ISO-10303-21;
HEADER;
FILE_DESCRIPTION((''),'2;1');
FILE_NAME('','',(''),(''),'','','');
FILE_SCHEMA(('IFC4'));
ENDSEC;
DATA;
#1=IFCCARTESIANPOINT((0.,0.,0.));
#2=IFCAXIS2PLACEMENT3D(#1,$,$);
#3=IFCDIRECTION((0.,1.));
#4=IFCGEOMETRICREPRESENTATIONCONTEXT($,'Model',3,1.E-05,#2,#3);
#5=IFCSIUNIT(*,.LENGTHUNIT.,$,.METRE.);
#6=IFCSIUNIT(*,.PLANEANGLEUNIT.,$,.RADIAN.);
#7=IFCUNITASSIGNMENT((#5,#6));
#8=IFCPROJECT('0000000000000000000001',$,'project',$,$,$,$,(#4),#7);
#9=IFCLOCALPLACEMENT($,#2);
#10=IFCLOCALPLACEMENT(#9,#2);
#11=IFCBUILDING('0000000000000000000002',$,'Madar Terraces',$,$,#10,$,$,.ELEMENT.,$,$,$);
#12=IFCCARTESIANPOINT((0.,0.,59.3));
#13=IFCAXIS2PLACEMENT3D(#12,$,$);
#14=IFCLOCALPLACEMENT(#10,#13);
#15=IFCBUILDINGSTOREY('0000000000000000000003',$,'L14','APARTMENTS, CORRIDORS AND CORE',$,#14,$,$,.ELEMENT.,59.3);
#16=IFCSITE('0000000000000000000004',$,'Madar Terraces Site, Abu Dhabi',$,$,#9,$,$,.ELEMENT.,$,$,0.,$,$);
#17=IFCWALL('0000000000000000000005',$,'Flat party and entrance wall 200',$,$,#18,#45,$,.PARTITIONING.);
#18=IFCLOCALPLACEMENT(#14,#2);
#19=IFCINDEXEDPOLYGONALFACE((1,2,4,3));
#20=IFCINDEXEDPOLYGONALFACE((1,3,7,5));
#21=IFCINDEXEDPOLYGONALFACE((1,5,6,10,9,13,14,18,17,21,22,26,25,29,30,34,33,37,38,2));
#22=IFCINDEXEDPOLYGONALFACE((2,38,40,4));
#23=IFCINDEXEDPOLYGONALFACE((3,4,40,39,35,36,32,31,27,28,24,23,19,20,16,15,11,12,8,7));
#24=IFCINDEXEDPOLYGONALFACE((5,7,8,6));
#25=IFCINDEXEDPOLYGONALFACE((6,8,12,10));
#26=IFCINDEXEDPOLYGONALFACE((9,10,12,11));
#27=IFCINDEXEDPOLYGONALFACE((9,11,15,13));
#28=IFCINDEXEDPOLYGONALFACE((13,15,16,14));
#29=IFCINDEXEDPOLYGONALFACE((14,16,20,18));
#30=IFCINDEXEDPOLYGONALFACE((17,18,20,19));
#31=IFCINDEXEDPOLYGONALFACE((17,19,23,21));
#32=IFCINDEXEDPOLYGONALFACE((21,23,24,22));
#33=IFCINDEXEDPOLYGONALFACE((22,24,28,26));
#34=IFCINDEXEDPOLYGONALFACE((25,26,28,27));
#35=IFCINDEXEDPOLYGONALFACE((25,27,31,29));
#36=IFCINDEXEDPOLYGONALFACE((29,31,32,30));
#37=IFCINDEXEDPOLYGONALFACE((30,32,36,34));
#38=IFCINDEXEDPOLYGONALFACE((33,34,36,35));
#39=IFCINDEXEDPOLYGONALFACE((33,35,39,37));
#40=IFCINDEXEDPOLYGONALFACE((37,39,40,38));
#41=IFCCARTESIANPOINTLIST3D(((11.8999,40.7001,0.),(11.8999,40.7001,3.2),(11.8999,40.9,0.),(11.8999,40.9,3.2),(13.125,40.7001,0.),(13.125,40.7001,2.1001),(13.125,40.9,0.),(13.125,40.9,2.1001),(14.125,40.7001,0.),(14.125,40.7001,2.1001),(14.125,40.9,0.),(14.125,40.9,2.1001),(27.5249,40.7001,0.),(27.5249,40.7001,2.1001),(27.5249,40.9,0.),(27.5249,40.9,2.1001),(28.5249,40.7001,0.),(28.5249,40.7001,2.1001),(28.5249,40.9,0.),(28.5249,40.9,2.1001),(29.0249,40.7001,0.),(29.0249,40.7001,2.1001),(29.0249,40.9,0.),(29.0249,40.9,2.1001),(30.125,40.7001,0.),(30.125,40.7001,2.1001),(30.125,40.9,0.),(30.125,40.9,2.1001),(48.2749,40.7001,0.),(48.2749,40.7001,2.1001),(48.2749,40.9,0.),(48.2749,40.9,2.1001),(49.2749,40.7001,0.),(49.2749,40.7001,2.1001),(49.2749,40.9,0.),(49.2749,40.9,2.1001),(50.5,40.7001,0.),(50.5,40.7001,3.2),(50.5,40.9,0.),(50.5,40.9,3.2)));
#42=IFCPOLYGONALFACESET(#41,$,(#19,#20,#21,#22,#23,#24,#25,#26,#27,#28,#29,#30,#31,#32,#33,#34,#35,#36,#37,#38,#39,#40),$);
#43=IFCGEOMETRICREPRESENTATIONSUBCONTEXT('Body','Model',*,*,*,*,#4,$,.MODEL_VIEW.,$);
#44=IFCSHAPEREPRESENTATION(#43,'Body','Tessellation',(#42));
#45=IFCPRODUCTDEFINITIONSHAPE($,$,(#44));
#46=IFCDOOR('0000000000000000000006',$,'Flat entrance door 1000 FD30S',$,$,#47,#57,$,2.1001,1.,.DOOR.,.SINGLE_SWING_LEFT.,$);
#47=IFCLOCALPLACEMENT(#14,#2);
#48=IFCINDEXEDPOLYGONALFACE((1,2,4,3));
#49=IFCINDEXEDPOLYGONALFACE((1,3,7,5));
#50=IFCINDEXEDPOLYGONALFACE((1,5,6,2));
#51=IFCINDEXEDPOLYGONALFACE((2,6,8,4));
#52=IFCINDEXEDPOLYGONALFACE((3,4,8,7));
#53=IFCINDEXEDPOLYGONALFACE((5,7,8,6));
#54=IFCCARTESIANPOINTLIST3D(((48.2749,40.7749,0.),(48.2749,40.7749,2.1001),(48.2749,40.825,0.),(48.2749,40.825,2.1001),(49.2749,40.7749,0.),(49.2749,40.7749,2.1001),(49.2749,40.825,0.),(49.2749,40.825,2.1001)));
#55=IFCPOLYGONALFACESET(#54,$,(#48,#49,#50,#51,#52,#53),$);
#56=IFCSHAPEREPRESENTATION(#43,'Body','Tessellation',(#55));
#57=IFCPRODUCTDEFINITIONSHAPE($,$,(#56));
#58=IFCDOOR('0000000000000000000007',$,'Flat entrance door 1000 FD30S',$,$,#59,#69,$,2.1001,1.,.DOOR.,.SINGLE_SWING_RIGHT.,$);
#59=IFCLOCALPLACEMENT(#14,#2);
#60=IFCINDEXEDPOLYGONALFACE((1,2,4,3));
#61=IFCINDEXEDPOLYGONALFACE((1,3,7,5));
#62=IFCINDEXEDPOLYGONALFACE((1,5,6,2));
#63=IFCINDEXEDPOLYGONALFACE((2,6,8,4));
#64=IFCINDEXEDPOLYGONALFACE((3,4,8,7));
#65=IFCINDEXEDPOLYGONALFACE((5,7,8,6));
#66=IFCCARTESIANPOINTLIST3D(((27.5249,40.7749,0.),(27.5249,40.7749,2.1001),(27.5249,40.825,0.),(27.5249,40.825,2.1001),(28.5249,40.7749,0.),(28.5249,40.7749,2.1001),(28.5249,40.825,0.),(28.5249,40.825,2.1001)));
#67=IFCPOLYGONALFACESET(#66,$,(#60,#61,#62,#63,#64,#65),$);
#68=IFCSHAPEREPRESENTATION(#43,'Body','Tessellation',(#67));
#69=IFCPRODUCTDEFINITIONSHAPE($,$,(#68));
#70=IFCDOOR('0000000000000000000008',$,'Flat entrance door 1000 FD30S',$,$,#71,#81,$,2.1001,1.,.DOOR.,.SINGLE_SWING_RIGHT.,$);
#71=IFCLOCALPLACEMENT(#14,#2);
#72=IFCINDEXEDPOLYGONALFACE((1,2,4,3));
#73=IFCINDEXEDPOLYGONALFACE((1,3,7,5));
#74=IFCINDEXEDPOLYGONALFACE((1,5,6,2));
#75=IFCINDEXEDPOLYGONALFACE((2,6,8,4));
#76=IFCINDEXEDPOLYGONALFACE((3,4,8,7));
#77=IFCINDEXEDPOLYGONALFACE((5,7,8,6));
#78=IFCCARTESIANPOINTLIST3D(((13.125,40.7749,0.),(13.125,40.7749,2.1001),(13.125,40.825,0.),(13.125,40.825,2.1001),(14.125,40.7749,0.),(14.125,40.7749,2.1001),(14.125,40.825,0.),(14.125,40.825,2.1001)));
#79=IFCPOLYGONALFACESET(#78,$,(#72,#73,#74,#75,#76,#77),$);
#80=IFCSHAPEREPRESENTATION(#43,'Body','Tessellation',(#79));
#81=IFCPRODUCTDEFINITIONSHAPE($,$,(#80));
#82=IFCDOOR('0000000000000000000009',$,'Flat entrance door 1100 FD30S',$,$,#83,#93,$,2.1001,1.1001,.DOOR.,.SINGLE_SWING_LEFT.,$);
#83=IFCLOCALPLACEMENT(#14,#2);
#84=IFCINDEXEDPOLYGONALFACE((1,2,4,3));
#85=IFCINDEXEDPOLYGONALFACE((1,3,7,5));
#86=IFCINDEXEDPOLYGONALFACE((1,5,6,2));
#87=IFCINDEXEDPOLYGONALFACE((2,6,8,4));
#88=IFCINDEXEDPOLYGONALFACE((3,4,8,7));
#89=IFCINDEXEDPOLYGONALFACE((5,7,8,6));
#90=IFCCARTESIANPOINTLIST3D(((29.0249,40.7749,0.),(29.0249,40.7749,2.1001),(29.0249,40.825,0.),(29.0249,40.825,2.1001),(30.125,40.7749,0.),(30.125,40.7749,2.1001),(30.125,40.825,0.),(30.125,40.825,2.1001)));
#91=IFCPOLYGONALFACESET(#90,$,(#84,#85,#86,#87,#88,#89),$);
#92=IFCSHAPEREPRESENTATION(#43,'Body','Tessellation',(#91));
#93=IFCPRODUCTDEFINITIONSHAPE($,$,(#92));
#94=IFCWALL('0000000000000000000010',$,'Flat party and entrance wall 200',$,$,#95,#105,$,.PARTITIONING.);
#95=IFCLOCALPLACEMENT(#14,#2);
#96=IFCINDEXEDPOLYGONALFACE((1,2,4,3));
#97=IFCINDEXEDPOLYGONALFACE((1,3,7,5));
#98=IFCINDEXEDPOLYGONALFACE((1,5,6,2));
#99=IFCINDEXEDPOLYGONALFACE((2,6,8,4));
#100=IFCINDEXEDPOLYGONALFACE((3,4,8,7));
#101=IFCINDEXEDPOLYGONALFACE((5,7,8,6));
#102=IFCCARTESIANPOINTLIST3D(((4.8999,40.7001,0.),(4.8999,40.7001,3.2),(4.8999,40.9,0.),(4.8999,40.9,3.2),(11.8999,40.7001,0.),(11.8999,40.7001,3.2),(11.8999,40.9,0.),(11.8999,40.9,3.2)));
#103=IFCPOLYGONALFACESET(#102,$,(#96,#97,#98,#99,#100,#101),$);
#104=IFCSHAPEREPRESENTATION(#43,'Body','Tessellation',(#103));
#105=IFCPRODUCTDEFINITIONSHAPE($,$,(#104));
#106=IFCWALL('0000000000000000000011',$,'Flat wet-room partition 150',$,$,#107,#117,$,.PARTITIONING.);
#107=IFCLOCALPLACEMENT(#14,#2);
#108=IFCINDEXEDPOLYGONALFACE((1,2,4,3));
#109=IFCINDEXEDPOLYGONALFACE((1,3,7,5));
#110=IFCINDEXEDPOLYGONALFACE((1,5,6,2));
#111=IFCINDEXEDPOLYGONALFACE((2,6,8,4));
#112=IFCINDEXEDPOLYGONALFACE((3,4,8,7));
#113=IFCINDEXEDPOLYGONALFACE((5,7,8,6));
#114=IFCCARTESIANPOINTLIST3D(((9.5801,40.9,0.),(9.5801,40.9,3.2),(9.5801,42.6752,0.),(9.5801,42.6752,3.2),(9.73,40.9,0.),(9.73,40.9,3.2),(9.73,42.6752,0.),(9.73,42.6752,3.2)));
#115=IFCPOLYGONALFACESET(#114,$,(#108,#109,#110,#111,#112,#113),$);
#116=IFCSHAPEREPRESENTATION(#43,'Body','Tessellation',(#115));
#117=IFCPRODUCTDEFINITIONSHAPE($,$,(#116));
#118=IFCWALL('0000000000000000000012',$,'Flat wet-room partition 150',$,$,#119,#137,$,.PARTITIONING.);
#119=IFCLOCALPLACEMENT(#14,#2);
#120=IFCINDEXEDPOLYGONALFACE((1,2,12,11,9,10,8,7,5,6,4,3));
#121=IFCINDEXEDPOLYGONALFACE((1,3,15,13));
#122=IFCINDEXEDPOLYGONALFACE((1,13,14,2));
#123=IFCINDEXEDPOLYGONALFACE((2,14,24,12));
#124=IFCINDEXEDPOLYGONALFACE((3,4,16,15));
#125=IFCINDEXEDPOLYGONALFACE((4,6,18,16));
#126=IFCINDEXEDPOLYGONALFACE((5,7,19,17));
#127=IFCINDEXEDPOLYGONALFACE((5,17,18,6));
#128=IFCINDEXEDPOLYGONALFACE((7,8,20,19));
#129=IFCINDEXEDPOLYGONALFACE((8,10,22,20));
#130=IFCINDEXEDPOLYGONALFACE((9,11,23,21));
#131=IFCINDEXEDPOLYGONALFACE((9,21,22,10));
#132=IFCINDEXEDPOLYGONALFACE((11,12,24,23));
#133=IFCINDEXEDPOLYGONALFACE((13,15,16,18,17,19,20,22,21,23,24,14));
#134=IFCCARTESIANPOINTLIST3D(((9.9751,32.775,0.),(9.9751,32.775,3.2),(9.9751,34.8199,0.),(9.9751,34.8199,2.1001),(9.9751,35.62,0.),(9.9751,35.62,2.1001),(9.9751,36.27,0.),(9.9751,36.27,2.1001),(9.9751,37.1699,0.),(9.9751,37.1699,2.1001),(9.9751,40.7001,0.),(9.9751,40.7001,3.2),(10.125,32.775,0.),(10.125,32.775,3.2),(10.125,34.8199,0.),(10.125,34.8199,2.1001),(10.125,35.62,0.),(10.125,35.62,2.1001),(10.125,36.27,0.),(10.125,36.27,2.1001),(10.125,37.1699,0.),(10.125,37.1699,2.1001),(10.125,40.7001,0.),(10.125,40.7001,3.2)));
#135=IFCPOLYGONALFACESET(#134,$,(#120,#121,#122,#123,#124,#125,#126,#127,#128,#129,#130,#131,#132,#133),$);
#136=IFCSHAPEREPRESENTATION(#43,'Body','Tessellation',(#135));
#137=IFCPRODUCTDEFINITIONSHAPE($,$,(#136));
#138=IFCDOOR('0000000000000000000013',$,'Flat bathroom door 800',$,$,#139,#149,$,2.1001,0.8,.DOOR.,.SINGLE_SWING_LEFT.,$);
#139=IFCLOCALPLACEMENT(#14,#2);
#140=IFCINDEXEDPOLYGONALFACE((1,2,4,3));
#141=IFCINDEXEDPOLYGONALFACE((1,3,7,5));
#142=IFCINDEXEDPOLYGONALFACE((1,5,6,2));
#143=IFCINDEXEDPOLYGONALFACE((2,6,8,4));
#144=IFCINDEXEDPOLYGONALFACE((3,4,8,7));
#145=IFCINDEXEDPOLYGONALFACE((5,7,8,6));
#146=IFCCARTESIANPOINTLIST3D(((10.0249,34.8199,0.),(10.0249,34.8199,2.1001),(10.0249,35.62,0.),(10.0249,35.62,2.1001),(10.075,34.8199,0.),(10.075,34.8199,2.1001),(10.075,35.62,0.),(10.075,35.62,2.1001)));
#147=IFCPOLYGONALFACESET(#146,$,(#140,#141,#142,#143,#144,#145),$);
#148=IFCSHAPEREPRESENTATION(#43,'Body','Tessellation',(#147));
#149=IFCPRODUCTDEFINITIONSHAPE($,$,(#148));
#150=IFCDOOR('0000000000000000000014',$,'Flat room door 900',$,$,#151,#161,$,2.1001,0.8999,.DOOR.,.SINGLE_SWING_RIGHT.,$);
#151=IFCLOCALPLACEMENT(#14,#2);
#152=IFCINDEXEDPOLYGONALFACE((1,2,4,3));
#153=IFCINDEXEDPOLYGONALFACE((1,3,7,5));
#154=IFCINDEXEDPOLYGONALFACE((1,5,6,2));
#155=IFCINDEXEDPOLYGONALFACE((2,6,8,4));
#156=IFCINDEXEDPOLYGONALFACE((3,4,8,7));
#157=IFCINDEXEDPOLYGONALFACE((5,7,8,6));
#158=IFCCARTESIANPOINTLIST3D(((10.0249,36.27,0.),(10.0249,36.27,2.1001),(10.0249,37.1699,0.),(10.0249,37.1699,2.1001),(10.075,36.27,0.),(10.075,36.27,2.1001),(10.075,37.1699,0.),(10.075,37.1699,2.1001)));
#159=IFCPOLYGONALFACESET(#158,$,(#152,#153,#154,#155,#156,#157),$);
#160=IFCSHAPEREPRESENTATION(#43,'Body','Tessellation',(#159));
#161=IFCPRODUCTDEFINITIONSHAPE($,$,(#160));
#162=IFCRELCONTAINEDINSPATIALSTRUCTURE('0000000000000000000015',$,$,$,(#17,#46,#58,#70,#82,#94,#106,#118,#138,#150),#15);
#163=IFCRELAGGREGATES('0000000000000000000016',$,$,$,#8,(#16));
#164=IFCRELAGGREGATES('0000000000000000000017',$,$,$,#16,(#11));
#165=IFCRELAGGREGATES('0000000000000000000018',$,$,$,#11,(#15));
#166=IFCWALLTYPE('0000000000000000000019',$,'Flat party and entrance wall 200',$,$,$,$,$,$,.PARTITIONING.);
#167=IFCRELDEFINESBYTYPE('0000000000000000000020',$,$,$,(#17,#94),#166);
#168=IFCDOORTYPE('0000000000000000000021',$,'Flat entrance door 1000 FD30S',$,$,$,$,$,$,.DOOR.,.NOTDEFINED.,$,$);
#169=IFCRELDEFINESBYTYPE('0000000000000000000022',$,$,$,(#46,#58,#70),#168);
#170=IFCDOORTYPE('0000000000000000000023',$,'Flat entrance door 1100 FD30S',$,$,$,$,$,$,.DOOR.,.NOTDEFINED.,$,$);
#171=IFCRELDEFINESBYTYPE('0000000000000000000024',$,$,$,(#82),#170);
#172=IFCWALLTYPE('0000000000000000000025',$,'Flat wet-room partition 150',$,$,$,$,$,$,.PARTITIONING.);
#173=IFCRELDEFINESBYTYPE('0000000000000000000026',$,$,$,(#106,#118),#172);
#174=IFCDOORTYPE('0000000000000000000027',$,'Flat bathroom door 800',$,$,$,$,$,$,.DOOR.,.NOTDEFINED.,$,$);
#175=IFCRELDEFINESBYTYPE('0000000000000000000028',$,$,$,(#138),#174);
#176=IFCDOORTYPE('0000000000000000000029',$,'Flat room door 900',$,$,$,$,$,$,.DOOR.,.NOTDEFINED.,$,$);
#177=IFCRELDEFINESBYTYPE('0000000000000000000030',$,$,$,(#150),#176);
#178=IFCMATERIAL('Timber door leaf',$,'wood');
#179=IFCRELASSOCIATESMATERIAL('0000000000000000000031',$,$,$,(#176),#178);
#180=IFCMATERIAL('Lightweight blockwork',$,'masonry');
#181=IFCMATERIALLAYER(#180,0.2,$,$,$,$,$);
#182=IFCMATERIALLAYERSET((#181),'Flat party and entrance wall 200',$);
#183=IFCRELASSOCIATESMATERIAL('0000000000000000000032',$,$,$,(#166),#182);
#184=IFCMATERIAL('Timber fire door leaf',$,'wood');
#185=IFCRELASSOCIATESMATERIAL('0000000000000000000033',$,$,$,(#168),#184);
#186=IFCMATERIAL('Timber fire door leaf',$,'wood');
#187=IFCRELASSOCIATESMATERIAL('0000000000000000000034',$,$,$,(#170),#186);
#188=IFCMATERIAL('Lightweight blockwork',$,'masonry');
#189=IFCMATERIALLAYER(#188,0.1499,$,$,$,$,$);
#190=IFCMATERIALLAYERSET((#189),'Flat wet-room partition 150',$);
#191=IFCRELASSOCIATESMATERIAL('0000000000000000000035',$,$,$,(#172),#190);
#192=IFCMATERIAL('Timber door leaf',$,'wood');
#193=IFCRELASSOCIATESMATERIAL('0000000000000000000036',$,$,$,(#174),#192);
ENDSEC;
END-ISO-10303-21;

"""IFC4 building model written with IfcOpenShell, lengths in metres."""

from ifc_helpers import new_model, si_unit, direction, frame, frame_2d, origin, place, context, subcontext, project, spatial, rectangle, extrude, material, layer, layer_set, type_object, element, fill, save


model = new_model("IFC4")

# Units and contexts
model_context = context("Model", 3, precision=1e-05, world=origin(), true_north=direction((0.0, 1.0)))
body_context = subcontext(model_context, "Body", "Model", "MODEL_VIEW")
ifc_project = project(units=[si_unit("LENGTHUNIT", "METRE"), si_unit("PLANEANGLEUNIT", "RADIAN")], contexts=[model_context])

# Site, building, storey
site_placement = place(None, origin())
site = spatial("IfcSite", under=ifc_project, at=site_placement, Name="Madar Terraces Site, Abu Dhabi", CompositionType="ELEMENT", RefElevation=0.0)
building_placement = place(site_placement, origin())
building = spatial("IfcBuilding", under=site, at=building_placement, Name="Madar Terraces", CompositionType="ELEMENT")
storey_placement = place(building_placement, frame((0.0, 0.0, 59.3)))
storey = spatial("IfcBuildingStorey", under=building, at=storey_placement, Name="L14", Description="APARTMENTS, CORRIDORS AND CORE", CompositionType="ELEMENT", Elevation=59.3)

# Wall, openings, doors
ifc_material_1 = material(Name="Timber door leaf", Category="wood")
door_type_1 = type_object("IfcDoorType", Name="Flat room door 900", OperationType="NOTDEFINED", PredefinedType="DOOR", material=ifc_material_1)
ifc_material_2 = material(Name="Lightweight blockwork", Category="masonry")
ifc_layer_1 = layer(ifc_material_2, 0.2)
ifc_layer_set_1 = layer_set([ifc_layer_1], Name="Flat party and entrance wall 200")
wall_type_1 = type_object("IfcWallType", Name="Flat party and entrance wall 200", PredefinedType="PARTITIONING", material=ifc_layer_set_1)
wall_1_placement = place(storey_placement, frame((11.8999, 40.8, 0.0), z_axis=(0.0, 0.0, 1.0), x_axis=(1.0, 0.0, 0.0)))
wall_1 = element("IfcWall", 1, at=wall_1_placement, inside=storey, type_object=wall_type_1, Name="Flat party and entrance wall 200", PredefinedType="PARTITIONING", context=body_context, shape_type="SweptSolid", body=[
    extrude(rectangle(XDim=38.6001, YDim=0.2, at=frame_2d((19.3, 0.0))), origin(), (0.0, 0.0, 1.0), 3.2),
])
opening_1_placement = place(wall_1_placement, frame((36.375, 0.0, 0.0)))
opening_1 = element("IfcOpeningElement", 2, at=opening_1_placement, cuts=wall_1, PredefinedType="OPENING", context=body_context, shape_type="SweptSolid", body=[
    extrude(rectangle(XDim=1.0, YDim=2.1001, at=frame_2d((0.5, 1.05))), frame((0.0, 0.1099, 0.0), z_axis=(0.0, -1.0, 0.0), x_axis=(1.0, 0.0, 0.0)), (0.0, 0.0, 1.0), 0.22),
])
opening_2_placement = place(wall_1_placement, frame((17.125, 0.0, 0.0)))
opening_2 = element("IfcOpeningElement", 3, at=opening_2_placement, cuts=wall_1, PredefinedType="OPENING", context=body_context, shape_type="SweptSolid", body=[
    extrude(rectangle(XDim=1.1001, YDim=2.1001, at=frame_2d((0.55, 1.05))), frame((0.0, 0.1099, 0.0), z_axis=(0.0, -1.0, 0.0), x_axis=(1.0, 0.0, 0.0)), (0.0, 0.0, 1.0), 0.22),
])
opening_3_placement = place(wall_1_placement, frame((15.625, 0.0, 0.0)))
opening_3 = element("IfcOpeningElement", 4, at=opening_3_placement, cuts=wall_1, PredefinedType="OPENING", context=body_context, shape_type="SweptSolid", body=[
    extrude(rectangle(XDim=1.0, YDim=2.1001, at=frame_2d((0.5, 1.05))), frame((0.0, 0.1099, 0.0), z_axis=(0.0, -1.0, 0.0), x_axis=(1.0, 0.0, 0.0)), (0.0, 0.0, 1.0), 0.22),
])
opening_4_placement = place(wall_1_placement, frame((1.2251, 0.0, 0.0)))
opening_4 = element("IfcOpeningElement", 5, at=opening_4_placement, cuts=wall_1, PredefinedType="OPENING", context=body_context, shape_type="SweptSolid", body=[
    extrude(rectangle(XDim=1.0, YDim=2.1001, at=frame_2d((0.5, 1.05))), frame((0.0, 0.1099, 0.0), z_axis=(0.0, -1.0, 0.0), x_axis=(1.0, 0.0, 0.0)), (0.0, 0.0, 1.0), 0.22),
])
ifc_material_3 = material(Name="Timber fire door leaf", Category="wood")
door_type_2 = type_object("IfcDoorType", Name="Flat entrance door 1000 FD30S", OperationType="NOTDEFINED", PredefinedType="DOOR", material=ifc_material_3)
door_1_placement = place(opening_1_placement, origin())
door_1 = element("IfcDoor", 6, at=door_1_placement, inside=storey, type_object=door_type_2, Name="Flat entrance door 1000 FD30S", OperationType="SINGLE_SWING_LEFT", OverallHeight=2.1001, OverallWidth=1.0, PredefinedType="DOOR", context=body_context, shape_type="SweptSolid", body=[
    extrude(rectangle(XDim=1.0, YDim=2.1001, at=frame_2d((0.5, 1.05))), frame((0.0, 0.0249, 0.0), z_axis=(0.0, -1.0, 0.0), x_axis=(1.0, 0.0, 0.0)), (0.0, 0.0, 1.0), 0.05),
])
fill(opening_1, door_1)
door_2_placement = place(opening_3_placement, origin())
door_2 = element("IfcDoor", 7, at=door_2_placement, inside=storey, type_object=door_type_2, Name="Flat entrance door 1000 FD30S", OperationType="SINGLE_SWING_RIGHT", OverallHeight=2.1001, OverallWidth=1.0, PredefinedType="DOOR", context=body_context, shape_type="SweptSolid", body=[
    extrude(rectangle(XDim=1.0, YDim=2.1001, at=frame_2d((0.5, 1.05))), frame((0.0, 0.0249, 0.0), z_axis=(0.0, -1.0, 0.0), x_axis=(1.0, 0.0, 0.0)), (0.0, 0.0, 1.0), 0.05),
])
fill(opening_3, door_2)
door_3_placement = place(opening_4_placement, origin())
door_3 = element("IfcDoor", 8, at=door_3_placement, inside=storey, type_object=door_type_2, Name="Flat entrance door 1000 FD30S", OperationType="SINGLE_SWING_RIGHT", OverallHeight=2.1001, OverallWidth=1.0, PredefinedType="DOOR", context=body_context, shape_type="SweptSolid", body=[
    extrude(rectangle(XDim=1.0, YDim=2.1001, at=frame_2d((0.5, 1.05))), frame((0.0, 0.0249, 0.0), z_axis=(0.0, -1.0, 0.0), x_axis=(1.0, 0.0, 0.0)), (0.0, 0.0, 1.0), 0.05),
])
fill(opening_4, door_3)
ifc_material_4 = material(Name="Timber fire door leaf", Category="wood")
door_type_3 = type_object("IfcDoorType", Name="Flat entrance door 1100 FD30S", OperationType="NOTDEFINED", PredefinedType="DOOR", material=ifc_material_4)
door_4_placement = place(opening_2_placement, origin())
door_4 = element("IfcDoor", 9, at=door_4_placement, inside=storey, type_object=door_type_3, Name="Flat entrance door 1100 FD30S", OperationType="SINGLE_SWING_LEFT", OverallHeight=2.1001, OverallWidth=1.1001, PredefinedType="DOOR", context=body_context, shape_type="SweptSolid", body=[
    extrude(rectangle(XDim=1.1001, YDim=2.1001, at=frame_2d((0.55, 1.05))), frame((0.0, 0.0249, 0.0), z_axis=(0.0, -1.0, 0.0), x_axis=(1.0, 0.0, 0.0)), (0.0, 0.0, 1.0), 0.05),
])
fill(opening_2, door_4)

# Walls
wall_2_placement = place(storey_placement, frame((4.8999, 40.8, 0.0), z_axis=(0.0, 0.0, 1.0), x_axis=(1.0, 0.0, 0.0)))
element("IfcWall", 10, at=wall_2_placement, inside=storey, type_object=wall_type_1, Name="Flat party and entrance wall 200", PredefinedType="PARTITIONING", context=body_context, shape_type="SweptSolid", body=[
    extrude(rectangle(XDim=7.0, YDim=0.2, at=frame_2d((3.5, 0.0))), origin(), (0.0, 0.0, 1.0), 3.2),
])
ifc_material_5 = material(Name="Lightweight blockwork", Category="masonry")
ifc_layer_2 = layer(ifc_material_5, 0.1499)
ifc_layer_set_2 = layer_set([ifc_layer_2], Name="Flat wet-room partition 150")
wall_type_2 = type_object("IfcWallType", Name="Flat wet-room partition 150", PredefinedType="PARTITIONING", material=ifc_layer_set_2)
wall_3_placement = place(storey_placement, frame((9.655, 40.8999, 0.0), z_axis=(0.0, 0.0, 1.0), x_axis=(0.0, 1.0, 0.0)))
element("IfcWall", 11, at=wall_3_placement, inside=storey, type_object=wall_type_2, Name="Flat wet-room partition 150", PredefinedType="PARTITIONING", context=body_context, shape_type="SweptSolid", body=[
    extrude(rectangle(XDim=1.7751, YDim=0.1499, at=frame_2d((0.8877, 0.0))), origin(), (0.0, 0.0, 1.0), 3.2),
])

# Wall, openings, doors
wall_4_placement = place(storey_placement, frame((10.05, 40.7, 0.0), z_axis=(0.0, 0.0, 1.0), x_axis=(0.0, -1.0, 0.0)))
wall_4 = element("IfcWall", 12, at=wall_4_placement, inside=storey, type_object=wall_type_2, Name="Flat wet-room partition 150", PredefinedType="PARTITIONING", context=body_context, shape_type="SweptSolid", body=[
    extrude(rectangle(XDim=7.925, YDim=0.1499, at=frame_2d((3.9624, 0.0))), origin(), (0.0, 0.0, 1.0), 3.2),
])
opening_5_placement = place(wall_4_placement, frame((5.0801, 0.0, 0.0)))
opening_5 = element("IfcOpeningElement", 13, at=opening_5_placement, cuts=wall_4, PredefinedType="OPENING", context=body_context, shape_type="SweptSolid", body=[
    extrude(rectangle(XDim=0.8, YDim=2.1001, at=frame_2d((0.3999, 1.05))), frame((0.0, 0.085, 0.0), z_axis=(0.0, -1.0, 0.0), x_axis=(1.0, 0.0, 0.0)), (0.0, 0.0, 1.0), 0.1699),
])
opening_6_placement = place(wall_4_placement, frame((3.53, 0.0, 0.0)))
opening_6 = element("IfcOpeningElement", 14, at=opening_6_placement, cuts=wall_4, PredefinedType="OPENING", context=body_context, shape_type="SweptSolid", body=[
    extrude(rectangle(XDim=0.8999, YDim=2.1001, at=frame_2d((0.45, 1.05))), frame((0.0, 0.085, 0.0), z_axis=(0.0, -1.0, 0.0), x_axis=(1.0, 0.0, 0.0)), (0.0, 0.0, 1.0), 0.1699),
])
ifc_material_6 = material(Name="Timber door leaf", Category="wood")
door_type_4 = type_object("IfcDoorType", Name="Flat bathroom door 800", OperationType="NOTDEFINED", PredefinedType="DOOR", material=ifc_material_6)
door_5_placement = place(opening_5_placement, origin())
door_5 = element("IfcDoor", 15, at=door_5_placement, inside=storey, type_object=door_type_4, Name="Flat bathroom door 800", OperationType="SINGLE_SWING_LEFT", OverallHeight=2.1001, OverallWidth=0.8, PredefinedType="DOOR", context=body_context, shape_type="SweptSolid", body=[
    extrude(rectangle(XDim=0.8, YDim=2.1001, at=frame_2d((0.3999, 1.05))), frame((0.0, 0.0249, 0.0), z_axis=(0.0, -1.0, 0.0), x_axis=(1.0, 0.0, 0.0)), (0.0, 0.0, 1.0), 0.05),
])
fill(opening_5, door_5)
door_6_placement = place(opening_6_placement, origin())
door_6 = element("IfcDoor", 16, at=door_6_placement, inside=storey, type_object=door_type_1, Name="Flat room door 900", OperationType="SINGLE_SWING_RIGHT", OverallHeight=2.1001, OverallWidth=0.8999, PredefinedType="DOOR", context=body_context, shape_type="SweptSolid", body=[
    extrude(rectangle(XDim=0.8999, YDim=2.1001, at=frame_2d((0.45, 1.05))), frame((0.0, 0.0249, 0.0), z_axis=(0.0, -1.0, 0.0), x_axis=(1.0, 0.0, 0.0)), (0.0, 0.0, 1.0), 0.05),
])
fill(opening_6, door_6)

save(model, "model.ifc")
